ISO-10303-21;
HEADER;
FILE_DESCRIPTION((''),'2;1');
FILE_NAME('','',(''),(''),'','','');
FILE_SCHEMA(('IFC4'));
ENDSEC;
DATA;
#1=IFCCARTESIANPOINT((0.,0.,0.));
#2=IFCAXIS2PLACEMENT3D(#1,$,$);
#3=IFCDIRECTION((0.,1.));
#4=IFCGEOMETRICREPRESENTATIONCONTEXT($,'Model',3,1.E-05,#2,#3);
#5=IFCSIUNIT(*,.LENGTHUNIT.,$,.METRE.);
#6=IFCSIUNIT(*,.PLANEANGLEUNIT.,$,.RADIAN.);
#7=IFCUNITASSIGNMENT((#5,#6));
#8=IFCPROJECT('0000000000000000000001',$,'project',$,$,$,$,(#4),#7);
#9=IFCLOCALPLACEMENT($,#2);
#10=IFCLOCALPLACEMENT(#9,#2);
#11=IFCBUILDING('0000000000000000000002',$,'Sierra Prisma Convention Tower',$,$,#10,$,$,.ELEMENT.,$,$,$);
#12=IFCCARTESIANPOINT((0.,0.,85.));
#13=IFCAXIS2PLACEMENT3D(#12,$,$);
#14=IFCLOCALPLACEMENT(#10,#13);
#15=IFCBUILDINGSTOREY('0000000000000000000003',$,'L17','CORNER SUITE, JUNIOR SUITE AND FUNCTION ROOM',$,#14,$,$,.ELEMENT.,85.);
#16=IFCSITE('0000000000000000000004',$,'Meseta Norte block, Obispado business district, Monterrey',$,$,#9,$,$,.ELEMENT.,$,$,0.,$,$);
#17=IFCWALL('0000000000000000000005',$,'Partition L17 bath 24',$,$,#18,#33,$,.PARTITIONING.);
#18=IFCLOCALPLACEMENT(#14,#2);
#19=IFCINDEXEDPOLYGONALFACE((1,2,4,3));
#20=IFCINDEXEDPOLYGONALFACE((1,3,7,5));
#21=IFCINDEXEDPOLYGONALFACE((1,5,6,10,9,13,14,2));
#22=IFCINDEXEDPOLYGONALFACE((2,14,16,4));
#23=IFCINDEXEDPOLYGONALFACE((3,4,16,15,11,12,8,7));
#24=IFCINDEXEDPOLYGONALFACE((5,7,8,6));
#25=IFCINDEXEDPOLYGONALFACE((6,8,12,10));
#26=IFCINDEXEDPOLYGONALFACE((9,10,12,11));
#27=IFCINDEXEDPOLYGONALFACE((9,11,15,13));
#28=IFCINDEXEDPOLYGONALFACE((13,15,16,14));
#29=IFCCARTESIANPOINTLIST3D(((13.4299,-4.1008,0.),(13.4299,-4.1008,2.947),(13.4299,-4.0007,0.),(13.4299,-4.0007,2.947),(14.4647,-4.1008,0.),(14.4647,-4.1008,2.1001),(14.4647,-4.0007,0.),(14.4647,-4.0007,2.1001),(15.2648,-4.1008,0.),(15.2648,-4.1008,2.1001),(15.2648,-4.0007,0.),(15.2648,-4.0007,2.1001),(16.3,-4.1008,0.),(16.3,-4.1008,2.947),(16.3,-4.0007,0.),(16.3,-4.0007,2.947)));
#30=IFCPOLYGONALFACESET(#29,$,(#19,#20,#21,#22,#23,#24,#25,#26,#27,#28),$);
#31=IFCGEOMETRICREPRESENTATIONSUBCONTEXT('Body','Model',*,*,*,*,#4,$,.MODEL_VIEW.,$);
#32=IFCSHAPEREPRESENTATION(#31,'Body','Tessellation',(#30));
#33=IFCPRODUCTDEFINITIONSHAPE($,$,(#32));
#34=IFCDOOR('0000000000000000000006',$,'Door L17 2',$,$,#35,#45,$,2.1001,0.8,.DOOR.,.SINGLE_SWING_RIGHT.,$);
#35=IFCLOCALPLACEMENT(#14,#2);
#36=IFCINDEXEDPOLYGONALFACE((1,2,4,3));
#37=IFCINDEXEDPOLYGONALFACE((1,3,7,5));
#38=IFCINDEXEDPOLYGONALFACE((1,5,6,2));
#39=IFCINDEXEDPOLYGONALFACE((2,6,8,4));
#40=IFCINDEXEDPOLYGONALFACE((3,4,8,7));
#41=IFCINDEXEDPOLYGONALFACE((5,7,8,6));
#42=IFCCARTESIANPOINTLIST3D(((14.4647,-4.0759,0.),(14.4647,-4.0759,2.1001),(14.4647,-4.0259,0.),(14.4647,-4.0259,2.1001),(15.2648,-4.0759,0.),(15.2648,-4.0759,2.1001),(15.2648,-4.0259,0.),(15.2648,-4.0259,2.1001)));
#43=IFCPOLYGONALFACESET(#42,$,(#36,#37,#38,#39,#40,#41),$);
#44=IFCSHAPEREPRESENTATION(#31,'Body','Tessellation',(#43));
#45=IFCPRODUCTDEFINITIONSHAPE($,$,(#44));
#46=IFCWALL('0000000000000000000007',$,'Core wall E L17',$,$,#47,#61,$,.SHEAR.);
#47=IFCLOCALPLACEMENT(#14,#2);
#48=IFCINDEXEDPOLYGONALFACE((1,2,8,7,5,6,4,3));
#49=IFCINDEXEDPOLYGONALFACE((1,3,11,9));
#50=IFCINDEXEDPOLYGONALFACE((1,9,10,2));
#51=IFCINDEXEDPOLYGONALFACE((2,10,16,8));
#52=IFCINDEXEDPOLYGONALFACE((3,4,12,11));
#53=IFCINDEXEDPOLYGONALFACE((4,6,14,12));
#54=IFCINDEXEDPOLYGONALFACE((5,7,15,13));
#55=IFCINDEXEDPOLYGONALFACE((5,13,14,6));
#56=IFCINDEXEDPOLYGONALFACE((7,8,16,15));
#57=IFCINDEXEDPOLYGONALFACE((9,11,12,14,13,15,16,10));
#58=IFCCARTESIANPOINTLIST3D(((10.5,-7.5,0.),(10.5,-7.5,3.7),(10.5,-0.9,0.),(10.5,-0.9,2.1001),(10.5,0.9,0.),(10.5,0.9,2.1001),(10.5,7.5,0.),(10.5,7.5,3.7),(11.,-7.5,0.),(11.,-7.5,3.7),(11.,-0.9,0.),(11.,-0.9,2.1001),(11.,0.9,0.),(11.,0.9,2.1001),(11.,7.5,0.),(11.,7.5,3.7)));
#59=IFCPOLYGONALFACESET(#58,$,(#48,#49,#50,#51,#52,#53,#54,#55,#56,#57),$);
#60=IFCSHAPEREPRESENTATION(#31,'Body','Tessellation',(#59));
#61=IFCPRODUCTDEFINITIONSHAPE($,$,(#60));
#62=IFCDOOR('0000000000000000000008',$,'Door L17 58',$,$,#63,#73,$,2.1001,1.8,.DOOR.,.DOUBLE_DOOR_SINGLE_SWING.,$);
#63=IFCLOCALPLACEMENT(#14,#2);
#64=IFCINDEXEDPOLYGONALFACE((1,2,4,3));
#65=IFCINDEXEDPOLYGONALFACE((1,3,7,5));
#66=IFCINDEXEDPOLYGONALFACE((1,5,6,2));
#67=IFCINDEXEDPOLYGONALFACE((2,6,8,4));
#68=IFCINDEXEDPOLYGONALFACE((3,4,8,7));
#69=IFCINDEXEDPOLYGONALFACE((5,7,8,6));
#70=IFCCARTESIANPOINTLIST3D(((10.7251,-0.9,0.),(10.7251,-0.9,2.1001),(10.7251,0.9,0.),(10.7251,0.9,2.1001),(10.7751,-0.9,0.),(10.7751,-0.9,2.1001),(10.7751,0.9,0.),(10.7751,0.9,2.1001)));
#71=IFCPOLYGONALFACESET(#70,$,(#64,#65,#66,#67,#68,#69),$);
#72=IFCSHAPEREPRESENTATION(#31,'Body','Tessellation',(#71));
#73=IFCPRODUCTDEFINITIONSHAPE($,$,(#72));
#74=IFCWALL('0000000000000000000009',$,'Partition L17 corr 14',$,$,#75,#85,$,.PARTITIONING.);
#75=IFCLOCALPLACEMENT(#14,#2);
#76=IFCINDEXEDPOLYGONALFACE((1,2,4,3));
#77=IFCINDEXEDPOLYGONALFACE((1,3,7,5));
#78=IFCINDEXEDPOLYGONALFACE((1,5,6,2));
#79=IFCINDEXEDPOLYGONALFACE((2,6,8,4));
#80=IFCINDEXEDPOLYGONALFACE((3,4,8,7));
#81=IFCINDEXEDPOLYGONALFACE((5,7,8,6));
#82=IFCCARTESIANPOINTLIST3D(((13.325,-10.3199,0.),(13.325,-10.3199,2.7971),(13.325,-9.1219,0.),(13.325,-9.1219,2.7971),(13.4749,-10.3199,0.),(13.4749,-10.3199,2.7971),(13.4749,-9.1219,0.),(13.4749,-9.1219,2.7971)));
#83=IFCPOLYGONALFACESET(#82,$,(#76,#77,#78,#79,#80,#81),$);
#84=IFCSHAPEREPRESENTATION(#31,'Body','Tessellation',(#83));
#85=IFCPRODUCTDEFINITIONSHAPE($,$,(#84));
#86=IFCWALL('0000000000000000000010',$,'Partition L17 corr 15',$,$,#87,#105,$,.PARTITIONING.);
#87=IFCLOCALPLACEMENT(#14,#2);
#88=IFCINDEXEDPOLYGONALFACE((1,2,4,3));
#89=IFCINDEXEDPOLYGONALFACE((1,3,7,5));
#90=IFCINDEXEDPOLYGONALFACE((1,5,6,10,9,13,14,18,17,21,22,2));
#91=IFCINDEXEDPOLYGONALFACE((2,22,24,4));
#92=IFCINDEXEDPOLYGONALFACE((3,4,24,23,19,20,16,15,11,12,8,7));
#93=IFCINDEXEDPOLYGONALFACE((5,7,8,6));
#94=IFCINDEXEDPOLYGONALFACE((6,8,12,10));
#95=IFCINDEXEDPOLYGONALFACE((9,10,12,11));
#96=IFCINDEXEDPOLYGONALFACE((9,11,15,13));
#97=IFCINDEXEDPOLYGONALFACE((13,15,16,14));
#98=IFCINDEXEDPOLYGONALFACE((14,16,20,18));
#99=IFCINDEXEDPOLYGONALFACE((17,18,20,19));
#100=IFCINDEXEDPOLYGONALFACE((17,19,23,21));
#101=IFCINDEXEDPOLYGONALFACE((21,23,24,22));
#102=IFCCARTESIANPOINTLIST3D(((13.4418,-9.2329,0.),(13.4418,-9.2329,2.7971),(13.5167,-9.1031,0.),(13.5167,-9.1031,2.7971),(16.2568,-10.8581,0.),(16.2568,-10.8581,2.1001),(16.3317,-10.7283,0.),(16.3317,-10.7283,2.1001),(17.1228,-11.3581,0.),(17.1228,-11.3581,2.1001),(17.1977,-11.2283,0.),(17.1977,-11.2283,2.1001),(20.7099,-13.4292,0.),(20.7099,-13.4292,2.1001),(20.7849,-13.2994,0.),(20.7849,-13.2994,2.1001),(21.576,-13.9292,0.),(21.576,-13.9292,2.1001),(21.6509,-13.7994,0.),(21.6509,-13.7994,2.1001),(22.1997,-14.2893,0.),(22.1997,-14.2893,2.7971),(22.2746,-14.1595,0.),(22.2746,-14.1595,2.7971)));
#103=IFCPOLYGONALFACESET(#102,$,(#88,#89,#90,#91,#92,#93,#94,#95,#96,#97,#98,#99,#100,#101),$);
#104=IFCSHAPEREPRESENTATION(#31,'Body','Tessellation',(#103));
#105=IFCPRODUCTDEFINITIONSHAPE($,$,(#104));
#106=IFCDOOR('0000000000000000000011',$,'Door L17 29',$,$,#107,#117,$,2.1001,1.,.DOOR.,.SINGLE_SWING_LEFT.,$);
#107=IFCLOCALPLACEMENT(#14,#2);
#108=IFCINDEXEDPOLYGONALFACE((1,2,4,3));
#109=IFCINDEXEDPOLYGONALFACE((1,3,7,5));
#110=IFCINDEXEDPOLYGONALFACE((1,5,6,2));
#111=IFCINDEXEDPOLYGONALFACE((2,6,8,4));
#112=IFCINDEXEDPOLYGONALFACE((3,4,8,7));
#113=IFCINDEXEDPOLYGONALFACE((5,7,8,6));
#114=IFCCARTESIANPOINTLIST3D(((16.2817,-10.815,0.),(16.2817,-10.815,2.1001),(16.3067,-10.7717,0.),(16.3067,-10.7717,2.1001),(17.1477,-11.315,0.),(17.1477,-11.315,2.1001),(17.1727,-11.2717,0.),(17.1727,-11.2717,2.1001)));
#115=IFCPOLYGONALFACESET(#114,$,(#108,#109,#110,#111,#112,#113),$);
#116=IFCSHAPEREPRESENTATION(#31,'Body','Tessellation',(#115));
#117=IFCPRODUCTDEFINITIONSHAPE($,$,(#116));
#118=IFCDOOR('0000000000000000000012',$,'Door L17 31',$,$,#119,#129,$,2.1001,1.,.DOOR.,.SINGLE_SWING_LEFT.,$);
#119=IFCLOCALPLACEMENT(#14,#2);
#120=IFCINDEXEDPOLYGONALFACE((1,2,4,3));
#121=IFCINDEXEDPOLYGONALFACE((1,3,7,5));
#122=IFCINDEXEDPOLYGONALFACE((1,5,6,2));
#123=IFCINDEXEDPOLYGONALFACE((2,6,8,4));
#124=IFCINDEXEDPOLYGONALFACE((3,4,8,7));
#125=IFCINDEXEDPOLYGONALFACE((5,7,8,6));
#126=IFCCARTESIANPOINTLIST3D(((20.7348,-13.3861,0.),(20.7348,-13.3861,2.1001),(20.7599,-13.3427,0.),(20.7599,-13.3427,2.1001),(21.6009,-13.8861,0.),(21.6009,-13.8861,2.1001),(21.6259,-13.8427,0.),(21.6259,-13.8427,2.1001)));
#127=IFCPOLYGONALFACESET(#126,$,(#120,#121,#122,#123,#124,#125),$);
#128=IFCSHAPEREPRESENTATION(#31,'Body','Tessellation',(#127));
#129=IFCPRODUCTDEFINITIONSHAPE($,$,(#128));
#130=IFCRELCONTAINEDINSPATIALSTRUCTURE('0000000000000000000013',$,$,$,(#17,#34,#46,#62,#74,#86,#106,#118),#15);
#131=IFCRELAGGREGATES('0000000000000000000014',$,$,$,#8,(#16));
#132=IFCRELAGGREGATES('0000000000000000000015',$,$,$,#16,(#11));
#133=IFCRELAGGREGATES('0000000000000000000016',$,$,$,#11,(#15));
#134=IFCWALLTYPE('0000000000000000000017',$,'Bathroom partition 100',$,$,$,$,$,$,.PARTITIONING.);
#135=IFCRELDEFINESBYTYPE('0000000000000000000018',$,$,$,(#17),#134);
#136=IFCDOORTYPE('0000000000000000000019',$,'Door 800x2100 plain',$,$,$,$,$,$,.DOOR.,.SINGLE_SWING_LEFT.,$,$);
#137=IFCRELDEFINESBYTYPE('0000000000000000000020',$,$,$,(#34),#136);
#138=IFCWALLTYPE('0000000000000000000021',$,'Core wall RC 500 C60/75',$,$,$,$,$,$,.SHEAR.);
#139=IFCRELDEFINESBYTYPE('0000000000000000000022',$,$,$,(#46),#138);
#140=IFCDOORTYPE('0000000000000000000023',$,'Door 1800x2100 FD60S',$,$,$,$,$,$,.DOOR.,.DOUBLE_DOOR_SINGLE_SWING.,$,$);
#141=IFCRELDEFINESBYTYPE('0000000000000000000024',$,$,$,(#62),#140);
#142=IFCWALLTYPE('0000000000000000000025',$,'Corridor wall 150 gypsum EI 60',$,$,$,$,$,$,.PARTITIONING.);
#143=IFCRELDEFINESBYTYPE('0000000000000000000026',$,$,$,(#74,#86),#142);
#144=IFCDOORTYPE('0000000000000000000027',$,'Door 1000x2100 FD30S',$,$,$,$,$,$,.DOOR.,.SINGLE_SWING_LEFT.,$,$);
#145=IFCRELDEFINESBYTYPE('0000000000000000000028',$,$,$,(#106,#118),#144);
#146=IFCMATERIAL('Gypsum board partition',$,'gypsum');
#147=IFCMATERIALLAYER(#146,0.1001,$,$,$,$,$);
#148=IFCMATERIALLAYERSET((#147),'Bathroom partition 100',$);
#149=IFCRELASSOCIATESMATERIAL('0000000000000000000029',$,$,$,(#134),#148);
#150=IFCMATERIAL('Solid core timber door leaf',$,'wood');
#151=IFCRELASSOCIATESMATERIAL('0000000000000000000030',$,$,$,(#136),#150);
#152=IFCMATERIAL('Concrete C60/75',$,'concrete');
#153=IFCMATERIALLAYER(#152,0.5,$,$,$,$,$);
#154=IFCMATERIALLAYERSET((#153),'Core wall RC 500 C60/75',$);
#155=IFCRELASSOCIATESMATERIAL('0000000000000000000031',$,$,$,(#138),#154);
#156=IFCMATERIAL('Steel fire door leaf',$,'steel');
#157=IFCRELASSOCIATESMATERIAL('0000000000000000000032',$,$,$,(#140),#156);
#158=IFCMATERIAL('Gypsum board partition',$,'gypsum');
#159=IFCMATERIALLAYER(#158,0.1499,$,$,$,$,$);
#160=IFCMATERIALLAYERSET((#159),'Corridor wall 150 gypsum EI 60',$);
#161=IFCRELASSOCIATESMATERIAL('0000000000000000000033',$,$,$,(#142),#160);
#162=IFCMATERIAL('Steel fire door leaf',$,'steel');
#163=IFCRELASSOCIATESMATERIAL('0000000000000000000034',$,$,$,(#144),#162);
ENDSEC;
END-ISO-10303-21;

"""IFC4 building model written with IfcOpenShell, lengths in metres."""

from ifc_helpers import new_model, si_unit, direction, frame, frame_2d, origin, place, context, subcontext, project, spatial, rectangle, extrude, material, layer, layer_set, type_object, element, fill, save


model = new_model("IFC4")

# Units and contexts
model_context = context("Model", 3, precision=1e-05, world=origin(), true_north=direction((0.0, 1.0)))
body_context = subcontext(model_context, "Body", "Model", "MODEL_VIEW")
ifc_project = project(units=[si_unit("LENGTHUNIT", "METRE"), si_unit("PLANEANGLEUNIT", "RADIAN")], contexts=[model_context])

# Site, building, storey
site_placement = place(None, origin())
site = spatial("IfcSite", under=ifc_project, at=site_placement, Name="Meseta Norte block, Obispado business district, Monterrey", CompositionType="ELEMENT", RefElevation=0.0)
building_placement = place(site_placement, origin())
building = spatial("IfcBuilding", under=site, at=building_placement, Name="Sierra Prisma Convention Tower", CompositionType="ELEMENT")
storey_placement = place(building_placement, frame((0.0, 0.0, 85.0)))
storey = spatial("IfcBuildingStorey", under=building, at=storey_placement, Name="L17", Description="CORNER SUITE, JUNIOR SUITE AND FUNCTION ROOM", CompositionType="ELEMENT", Elevation=85.0)

# Walls, openings, doors
ifc_material_1 = material(Name="Gypsum board partition", Category="gypsum")
ifc_layer_1 = layer(ifc_material_1, 0.1001)
ifc_layer_set_1 = layer_set([ifc_layer_1], Name="Bathroom partition 100")
wall_type_1 = type_object("IfcWallType", Name="Bathroom partition 100", PredefinedType="PARTITIONING", material=ifc_layer_set_1)
wall_1_placement = place(storey_placement, frame((13.4299, -4.0508, 0.0), z_axis=(0.0, 0.0, 1.0), x_axis=(1.0, 0.0, 0.0)))
wall_1 = element("IfcWall", 1, at=wall_1_placement, inside=storey, type_object=wall_type_1, Name="Partition L17 bath 24", PredefinedType="PARTITIONING", context=body_context, shape_type="SweptSolid", body=[
    extrude(rectangle(XDim=2.8701, YDim=0.1001, at=frame_2d((1.4351, 0.0))), origin(), (0.0, 0.0, 1.0), 2.947),
])
opening_1_placement = place(wall_1_placement, frame((1.0349, 0.0, 0.0)))
opening_1 = element("IfcOpeningElement", 2, at=opening_1_placement, cuts=wall_1, PredefinedType="OPENING", context=body_context, shape_type="SweptSolid", body=[
    extrude(rectangle(XDim=0.8, YDim=2.1001, at=frame_2d((0.3999, 1.05))), frame((0.0, 0.05, 0.0), z_axis=(0.0, -1.0, 0.0), x_axis=(1.0, 0.0, 0.0)), (0.0, 0.0, 1.0), 0.1001),
])
ifc_material_2 = material(Name="Solid core timber door leaf", Category="wood")
door_type_1 = type_object("IfcDoorType", Name="Door 800x2100 plain", OperationType="SINGLE_SWING_LEFT", PredefinedType="DOOR", material=ifc_material_2)
door_1_placement = place(opening_1_placement, origin())
door_1 = element("IfcDoor", 3, at=door_1_placement, inside=storey, type_object=door_type_1, Name="Door L17 2", OperationType="SINGLE_SWING_RIGHT", OverallHeight=2.1001, OverallWidth=0.8, PredefinedType="DOOR", context=body_context, shape_type="SweptSolid", body=[
    extrude(rectangle(XDim=0.8, YDim=2.1001, at=frame_2d((0.3999, 1.05))), frame((0.0, 0.0249, 0.0), z_axis=(0.0, -1.0, 0.0), x_axis=(1.0, 0.0, 0.0)), (0.0, 0.0, 1.0), 0.05),
])
fill(opening_1, door_1)
ifc_material_3 = material(Name="Concrete C60/75", Category="concrete")
ifc_layer_2 = layer(ifc_material_3, 0.5)
ifc_layer_set_2 = layer_set([ifc_layer_2], Name="Core wall RC 500 C60/75")
wall_type_2 = type_object("IfcWallType", Name="Core wall RC 500 C60/75", PredefinedType="SHEAR", material=ifc_layer_set_2)
wall_2_placement = place(storey_placement, frame((10.75, -7.5, 0.0), z_axis=(0.0, 0.0, 1.0), x_axis=(0.0, 1.0, 0.0)))
wall_2 = element("IfcWall", 4, at=wall_2_placement, inside=storey, type_object=wall_type_2, Name="Core wall E L17", PredefinedType="SHEAR", context=body_context, shape_type="SweptSolid", body=[
    extrude(rectangle(XDim=15.0, YDim=0.5, at=frame_2d((7.5, 0.0))), origin(), (0.0, 0.0, 1.0), 3.7),
])
opening_2_placement = place(wall_2_placement, frame((6.6001, 0.0, 0.0)))
opening_2 = element("IfcOpeningElement", 5, at=opening_2_placement, cuts=wall_2, PredefinedType="OPENING", context=body_context, shape_type="SweptSolid", body=[
    extrude(rectangle(XDim=1.8, YDim=2.1001, at=frame_2d((0.8999, 1.05))), frame((0.0, 0.25, 0.0), z_axis=(0.0, -1.0, 0.0), x_axis=(1.0, 0.0, 0.0)), (0.0, 0.0, 1.0), 0.5),
])
ifc_material_4 = material(Name="Steel fire door leaf", Category="steel")
door_type_2 = type_object("IfcDoorType", Name="Door 1800x2100 FD60S", OperationType="DOUBLE_DOOR_SINGLE_SWING", PredefinedType="DOOR", material=ifc_material_4)
door_2_placement = place(opening_2_placement, origin())
door_2 = element("IfcDoor", 6, at=door_2_placement, inside=storey, type_object=door_type_2, Name="Door L17 58", OperationType="DOUBLE_DOOR_SINGLE_SWING", OverallHeight=2.1001, OverallWidth=1.8, PredefinedType="DOOR", context=body_context, shape_type="SweptSolid", body=[
    extrude(rectangle(XDim=1.8, YDim=2.1001, at=frame_2d((0.8999, 1.05))), frame((0.0, 0.0249, 0.0), z_axis=(0.0, -1.0, 0.0), x_axis=(1.0, 0.0, 0.0)), (0.0, 0.0, 1.0), 0.05),
])
fill(opening_2, door_2)

# Wall
ifc_material_5 = material(Name="Gypsum board partition", Category="gypsum")
ifc_layer_3 = layer(ifc_material_5, 0.1499)
ifc_layer_set_3 = layer_set([ifc_layer_3], Name="Corridor wall 150 gypsum EI 60")
wall_type_3 = type_object("IfcWallType", Name="Corridor wall 150 gypsum EI 60", PredefinedType="PARTITIONING", material=ifc_layer_set_3)
wall_3_placement = place(storey_placement, frame((13.3999, -10.3201, 0.0), z_axis=(0.0, 0.0, 1.0), x_axis=(0.0, 1.0, 0.0)))
element("IfcWall", 7, at=wall_3_placement, inside=storey, type_object=wall_type_3, Name="Partition L17 corr 14", PredefinedType="PARTITIONING", context=body_context, shape_type="SweptSolid", body=[
    extrude(rectangle(XDim=1.198, YDim=0.1499, at=frame_2d((0.5991, 0.0))), origin(), (0.0, 0.0, 1.0), 2.7971),
])

# Wall, openings, doors
wall_4_placement = place(storey_placement, frame((13.4792, -9.168, 0.0), z_axis=(0.0, 0.0, 1.0), x_axis=(0.866022, -0.500005, 0.0)))
wall_4 = element("IfcWall", 8, at=wall_4_placement, inside=storey, type_object=wall_type_3, Name="Partition L17 corr 15", PredefinedType="PARTITIONING", context=body_context, shape_type="SweptSolid", body=[
    extrude(rectangle(XDim=10.1128, YDim=0.1499, at=frame_2d((5.0564, 0.0))), origin(), (0.0, 0.0, 1.0), 2.7971),
])
opening_3_placement = place(wall_4_placement, frame((3.2505, 0.0, 0.0)))
opening_3 = element("IfcOpeningElement", 9, at=opening_3_placement, cuts=wall_4, PredefinedType="OPENING", context=body_context, shape_type="SweptSolid", body=[
    extrude(rectangle(XDim=1.0, YDim=2.1001, at=frame_2d((0.5, 1.05))), frame((0.0, 0.075, 0.0), z_axis=(0.0, -1.0, 0.0), x_axis=(1.0, 0.0, 0.0)), (0.0, 0.0, 1.0), 0.1499),
])
opening_4_placement = place(wall_4_placement, frame((8.3926, 0.0, 0.0)))
opening_4 = element("IfcOpeningElement", 10, at=opening_4_placement, cuts=wall_4, PredefinedType="OPENING", context=body_context, shape_type="SweptSolid", body=[
    extrude(rectangle(XDim=1.0, YDim=2.1001, at=frame_2d((0.5, 1.05))), frame((0.0, 0.075, 0.0), z_axis=(0.0, -1.0, 0.0), x_axis=(1.0, 0.0, 0.0)), (0.0, 0.0, 1.0), 0.1499),
])
ifc_material_6 = material(Name="Steel fire door leaf", Category="steel")
door_type_3 = type_object("IfcDoorType", Name="Door 1000x2100 FD30S", OperationType="SINGLE_SWING_LEFT", PredefinedType="DOOR", material=ifc_material_6)
door_3_placement = place(opening_3_placement, origin())
door_3 = element("IfcDoor", 11, at=door_3_placement, inside=storey, type_object=door_type_3, Name="Door L17 29", OperationType="SINGLE_SWING_LEFT", OverallHeight=2.1001, OverallWidth=1.0, PredefinedType="DOOR", context=body_context, shape_type="SweptSolid", body=[
    extrude(rectangle(XDim=1.0, YDim=2.1001, at=frame_2d((0.5, 1.05))), frame((0.0, 0.0249, 0.0), z_axis=(0.0, -1.0, 0.0), x_axis=(1.0, 0.0, 0.0)), (0.0, 0.0, 1.0), 0.05),
])
fill(opening_3, door_3)
door_4_placement = place(opening_4_placement, origin())
door_4 = element("IfcDoor", 12, at=door_4_placement, inside=storey, type_object=door_type_3, Name="Door L17 31", OperationType="SINGLE_SWING_LEFT", OverallHeight=2.1001, OverallWidth=1.0, PredefinedType="DOOR", context=body_context, shape_type="SweptSolid", body=[
    extrude(rectangle(XDim=1.0, YDim=2.1001, at=frame_2d((0.5, 1.05))), frame((0.0, 0.0249, 0.0), z_axis=(0.0, -1.0, 0.0), x_axis=(1.0, 0.0, 0.0)), (0.0, 0.0, 1.0), 0.05),
])
fill(opening_4, door_4)

save(model, "model.ifc")
